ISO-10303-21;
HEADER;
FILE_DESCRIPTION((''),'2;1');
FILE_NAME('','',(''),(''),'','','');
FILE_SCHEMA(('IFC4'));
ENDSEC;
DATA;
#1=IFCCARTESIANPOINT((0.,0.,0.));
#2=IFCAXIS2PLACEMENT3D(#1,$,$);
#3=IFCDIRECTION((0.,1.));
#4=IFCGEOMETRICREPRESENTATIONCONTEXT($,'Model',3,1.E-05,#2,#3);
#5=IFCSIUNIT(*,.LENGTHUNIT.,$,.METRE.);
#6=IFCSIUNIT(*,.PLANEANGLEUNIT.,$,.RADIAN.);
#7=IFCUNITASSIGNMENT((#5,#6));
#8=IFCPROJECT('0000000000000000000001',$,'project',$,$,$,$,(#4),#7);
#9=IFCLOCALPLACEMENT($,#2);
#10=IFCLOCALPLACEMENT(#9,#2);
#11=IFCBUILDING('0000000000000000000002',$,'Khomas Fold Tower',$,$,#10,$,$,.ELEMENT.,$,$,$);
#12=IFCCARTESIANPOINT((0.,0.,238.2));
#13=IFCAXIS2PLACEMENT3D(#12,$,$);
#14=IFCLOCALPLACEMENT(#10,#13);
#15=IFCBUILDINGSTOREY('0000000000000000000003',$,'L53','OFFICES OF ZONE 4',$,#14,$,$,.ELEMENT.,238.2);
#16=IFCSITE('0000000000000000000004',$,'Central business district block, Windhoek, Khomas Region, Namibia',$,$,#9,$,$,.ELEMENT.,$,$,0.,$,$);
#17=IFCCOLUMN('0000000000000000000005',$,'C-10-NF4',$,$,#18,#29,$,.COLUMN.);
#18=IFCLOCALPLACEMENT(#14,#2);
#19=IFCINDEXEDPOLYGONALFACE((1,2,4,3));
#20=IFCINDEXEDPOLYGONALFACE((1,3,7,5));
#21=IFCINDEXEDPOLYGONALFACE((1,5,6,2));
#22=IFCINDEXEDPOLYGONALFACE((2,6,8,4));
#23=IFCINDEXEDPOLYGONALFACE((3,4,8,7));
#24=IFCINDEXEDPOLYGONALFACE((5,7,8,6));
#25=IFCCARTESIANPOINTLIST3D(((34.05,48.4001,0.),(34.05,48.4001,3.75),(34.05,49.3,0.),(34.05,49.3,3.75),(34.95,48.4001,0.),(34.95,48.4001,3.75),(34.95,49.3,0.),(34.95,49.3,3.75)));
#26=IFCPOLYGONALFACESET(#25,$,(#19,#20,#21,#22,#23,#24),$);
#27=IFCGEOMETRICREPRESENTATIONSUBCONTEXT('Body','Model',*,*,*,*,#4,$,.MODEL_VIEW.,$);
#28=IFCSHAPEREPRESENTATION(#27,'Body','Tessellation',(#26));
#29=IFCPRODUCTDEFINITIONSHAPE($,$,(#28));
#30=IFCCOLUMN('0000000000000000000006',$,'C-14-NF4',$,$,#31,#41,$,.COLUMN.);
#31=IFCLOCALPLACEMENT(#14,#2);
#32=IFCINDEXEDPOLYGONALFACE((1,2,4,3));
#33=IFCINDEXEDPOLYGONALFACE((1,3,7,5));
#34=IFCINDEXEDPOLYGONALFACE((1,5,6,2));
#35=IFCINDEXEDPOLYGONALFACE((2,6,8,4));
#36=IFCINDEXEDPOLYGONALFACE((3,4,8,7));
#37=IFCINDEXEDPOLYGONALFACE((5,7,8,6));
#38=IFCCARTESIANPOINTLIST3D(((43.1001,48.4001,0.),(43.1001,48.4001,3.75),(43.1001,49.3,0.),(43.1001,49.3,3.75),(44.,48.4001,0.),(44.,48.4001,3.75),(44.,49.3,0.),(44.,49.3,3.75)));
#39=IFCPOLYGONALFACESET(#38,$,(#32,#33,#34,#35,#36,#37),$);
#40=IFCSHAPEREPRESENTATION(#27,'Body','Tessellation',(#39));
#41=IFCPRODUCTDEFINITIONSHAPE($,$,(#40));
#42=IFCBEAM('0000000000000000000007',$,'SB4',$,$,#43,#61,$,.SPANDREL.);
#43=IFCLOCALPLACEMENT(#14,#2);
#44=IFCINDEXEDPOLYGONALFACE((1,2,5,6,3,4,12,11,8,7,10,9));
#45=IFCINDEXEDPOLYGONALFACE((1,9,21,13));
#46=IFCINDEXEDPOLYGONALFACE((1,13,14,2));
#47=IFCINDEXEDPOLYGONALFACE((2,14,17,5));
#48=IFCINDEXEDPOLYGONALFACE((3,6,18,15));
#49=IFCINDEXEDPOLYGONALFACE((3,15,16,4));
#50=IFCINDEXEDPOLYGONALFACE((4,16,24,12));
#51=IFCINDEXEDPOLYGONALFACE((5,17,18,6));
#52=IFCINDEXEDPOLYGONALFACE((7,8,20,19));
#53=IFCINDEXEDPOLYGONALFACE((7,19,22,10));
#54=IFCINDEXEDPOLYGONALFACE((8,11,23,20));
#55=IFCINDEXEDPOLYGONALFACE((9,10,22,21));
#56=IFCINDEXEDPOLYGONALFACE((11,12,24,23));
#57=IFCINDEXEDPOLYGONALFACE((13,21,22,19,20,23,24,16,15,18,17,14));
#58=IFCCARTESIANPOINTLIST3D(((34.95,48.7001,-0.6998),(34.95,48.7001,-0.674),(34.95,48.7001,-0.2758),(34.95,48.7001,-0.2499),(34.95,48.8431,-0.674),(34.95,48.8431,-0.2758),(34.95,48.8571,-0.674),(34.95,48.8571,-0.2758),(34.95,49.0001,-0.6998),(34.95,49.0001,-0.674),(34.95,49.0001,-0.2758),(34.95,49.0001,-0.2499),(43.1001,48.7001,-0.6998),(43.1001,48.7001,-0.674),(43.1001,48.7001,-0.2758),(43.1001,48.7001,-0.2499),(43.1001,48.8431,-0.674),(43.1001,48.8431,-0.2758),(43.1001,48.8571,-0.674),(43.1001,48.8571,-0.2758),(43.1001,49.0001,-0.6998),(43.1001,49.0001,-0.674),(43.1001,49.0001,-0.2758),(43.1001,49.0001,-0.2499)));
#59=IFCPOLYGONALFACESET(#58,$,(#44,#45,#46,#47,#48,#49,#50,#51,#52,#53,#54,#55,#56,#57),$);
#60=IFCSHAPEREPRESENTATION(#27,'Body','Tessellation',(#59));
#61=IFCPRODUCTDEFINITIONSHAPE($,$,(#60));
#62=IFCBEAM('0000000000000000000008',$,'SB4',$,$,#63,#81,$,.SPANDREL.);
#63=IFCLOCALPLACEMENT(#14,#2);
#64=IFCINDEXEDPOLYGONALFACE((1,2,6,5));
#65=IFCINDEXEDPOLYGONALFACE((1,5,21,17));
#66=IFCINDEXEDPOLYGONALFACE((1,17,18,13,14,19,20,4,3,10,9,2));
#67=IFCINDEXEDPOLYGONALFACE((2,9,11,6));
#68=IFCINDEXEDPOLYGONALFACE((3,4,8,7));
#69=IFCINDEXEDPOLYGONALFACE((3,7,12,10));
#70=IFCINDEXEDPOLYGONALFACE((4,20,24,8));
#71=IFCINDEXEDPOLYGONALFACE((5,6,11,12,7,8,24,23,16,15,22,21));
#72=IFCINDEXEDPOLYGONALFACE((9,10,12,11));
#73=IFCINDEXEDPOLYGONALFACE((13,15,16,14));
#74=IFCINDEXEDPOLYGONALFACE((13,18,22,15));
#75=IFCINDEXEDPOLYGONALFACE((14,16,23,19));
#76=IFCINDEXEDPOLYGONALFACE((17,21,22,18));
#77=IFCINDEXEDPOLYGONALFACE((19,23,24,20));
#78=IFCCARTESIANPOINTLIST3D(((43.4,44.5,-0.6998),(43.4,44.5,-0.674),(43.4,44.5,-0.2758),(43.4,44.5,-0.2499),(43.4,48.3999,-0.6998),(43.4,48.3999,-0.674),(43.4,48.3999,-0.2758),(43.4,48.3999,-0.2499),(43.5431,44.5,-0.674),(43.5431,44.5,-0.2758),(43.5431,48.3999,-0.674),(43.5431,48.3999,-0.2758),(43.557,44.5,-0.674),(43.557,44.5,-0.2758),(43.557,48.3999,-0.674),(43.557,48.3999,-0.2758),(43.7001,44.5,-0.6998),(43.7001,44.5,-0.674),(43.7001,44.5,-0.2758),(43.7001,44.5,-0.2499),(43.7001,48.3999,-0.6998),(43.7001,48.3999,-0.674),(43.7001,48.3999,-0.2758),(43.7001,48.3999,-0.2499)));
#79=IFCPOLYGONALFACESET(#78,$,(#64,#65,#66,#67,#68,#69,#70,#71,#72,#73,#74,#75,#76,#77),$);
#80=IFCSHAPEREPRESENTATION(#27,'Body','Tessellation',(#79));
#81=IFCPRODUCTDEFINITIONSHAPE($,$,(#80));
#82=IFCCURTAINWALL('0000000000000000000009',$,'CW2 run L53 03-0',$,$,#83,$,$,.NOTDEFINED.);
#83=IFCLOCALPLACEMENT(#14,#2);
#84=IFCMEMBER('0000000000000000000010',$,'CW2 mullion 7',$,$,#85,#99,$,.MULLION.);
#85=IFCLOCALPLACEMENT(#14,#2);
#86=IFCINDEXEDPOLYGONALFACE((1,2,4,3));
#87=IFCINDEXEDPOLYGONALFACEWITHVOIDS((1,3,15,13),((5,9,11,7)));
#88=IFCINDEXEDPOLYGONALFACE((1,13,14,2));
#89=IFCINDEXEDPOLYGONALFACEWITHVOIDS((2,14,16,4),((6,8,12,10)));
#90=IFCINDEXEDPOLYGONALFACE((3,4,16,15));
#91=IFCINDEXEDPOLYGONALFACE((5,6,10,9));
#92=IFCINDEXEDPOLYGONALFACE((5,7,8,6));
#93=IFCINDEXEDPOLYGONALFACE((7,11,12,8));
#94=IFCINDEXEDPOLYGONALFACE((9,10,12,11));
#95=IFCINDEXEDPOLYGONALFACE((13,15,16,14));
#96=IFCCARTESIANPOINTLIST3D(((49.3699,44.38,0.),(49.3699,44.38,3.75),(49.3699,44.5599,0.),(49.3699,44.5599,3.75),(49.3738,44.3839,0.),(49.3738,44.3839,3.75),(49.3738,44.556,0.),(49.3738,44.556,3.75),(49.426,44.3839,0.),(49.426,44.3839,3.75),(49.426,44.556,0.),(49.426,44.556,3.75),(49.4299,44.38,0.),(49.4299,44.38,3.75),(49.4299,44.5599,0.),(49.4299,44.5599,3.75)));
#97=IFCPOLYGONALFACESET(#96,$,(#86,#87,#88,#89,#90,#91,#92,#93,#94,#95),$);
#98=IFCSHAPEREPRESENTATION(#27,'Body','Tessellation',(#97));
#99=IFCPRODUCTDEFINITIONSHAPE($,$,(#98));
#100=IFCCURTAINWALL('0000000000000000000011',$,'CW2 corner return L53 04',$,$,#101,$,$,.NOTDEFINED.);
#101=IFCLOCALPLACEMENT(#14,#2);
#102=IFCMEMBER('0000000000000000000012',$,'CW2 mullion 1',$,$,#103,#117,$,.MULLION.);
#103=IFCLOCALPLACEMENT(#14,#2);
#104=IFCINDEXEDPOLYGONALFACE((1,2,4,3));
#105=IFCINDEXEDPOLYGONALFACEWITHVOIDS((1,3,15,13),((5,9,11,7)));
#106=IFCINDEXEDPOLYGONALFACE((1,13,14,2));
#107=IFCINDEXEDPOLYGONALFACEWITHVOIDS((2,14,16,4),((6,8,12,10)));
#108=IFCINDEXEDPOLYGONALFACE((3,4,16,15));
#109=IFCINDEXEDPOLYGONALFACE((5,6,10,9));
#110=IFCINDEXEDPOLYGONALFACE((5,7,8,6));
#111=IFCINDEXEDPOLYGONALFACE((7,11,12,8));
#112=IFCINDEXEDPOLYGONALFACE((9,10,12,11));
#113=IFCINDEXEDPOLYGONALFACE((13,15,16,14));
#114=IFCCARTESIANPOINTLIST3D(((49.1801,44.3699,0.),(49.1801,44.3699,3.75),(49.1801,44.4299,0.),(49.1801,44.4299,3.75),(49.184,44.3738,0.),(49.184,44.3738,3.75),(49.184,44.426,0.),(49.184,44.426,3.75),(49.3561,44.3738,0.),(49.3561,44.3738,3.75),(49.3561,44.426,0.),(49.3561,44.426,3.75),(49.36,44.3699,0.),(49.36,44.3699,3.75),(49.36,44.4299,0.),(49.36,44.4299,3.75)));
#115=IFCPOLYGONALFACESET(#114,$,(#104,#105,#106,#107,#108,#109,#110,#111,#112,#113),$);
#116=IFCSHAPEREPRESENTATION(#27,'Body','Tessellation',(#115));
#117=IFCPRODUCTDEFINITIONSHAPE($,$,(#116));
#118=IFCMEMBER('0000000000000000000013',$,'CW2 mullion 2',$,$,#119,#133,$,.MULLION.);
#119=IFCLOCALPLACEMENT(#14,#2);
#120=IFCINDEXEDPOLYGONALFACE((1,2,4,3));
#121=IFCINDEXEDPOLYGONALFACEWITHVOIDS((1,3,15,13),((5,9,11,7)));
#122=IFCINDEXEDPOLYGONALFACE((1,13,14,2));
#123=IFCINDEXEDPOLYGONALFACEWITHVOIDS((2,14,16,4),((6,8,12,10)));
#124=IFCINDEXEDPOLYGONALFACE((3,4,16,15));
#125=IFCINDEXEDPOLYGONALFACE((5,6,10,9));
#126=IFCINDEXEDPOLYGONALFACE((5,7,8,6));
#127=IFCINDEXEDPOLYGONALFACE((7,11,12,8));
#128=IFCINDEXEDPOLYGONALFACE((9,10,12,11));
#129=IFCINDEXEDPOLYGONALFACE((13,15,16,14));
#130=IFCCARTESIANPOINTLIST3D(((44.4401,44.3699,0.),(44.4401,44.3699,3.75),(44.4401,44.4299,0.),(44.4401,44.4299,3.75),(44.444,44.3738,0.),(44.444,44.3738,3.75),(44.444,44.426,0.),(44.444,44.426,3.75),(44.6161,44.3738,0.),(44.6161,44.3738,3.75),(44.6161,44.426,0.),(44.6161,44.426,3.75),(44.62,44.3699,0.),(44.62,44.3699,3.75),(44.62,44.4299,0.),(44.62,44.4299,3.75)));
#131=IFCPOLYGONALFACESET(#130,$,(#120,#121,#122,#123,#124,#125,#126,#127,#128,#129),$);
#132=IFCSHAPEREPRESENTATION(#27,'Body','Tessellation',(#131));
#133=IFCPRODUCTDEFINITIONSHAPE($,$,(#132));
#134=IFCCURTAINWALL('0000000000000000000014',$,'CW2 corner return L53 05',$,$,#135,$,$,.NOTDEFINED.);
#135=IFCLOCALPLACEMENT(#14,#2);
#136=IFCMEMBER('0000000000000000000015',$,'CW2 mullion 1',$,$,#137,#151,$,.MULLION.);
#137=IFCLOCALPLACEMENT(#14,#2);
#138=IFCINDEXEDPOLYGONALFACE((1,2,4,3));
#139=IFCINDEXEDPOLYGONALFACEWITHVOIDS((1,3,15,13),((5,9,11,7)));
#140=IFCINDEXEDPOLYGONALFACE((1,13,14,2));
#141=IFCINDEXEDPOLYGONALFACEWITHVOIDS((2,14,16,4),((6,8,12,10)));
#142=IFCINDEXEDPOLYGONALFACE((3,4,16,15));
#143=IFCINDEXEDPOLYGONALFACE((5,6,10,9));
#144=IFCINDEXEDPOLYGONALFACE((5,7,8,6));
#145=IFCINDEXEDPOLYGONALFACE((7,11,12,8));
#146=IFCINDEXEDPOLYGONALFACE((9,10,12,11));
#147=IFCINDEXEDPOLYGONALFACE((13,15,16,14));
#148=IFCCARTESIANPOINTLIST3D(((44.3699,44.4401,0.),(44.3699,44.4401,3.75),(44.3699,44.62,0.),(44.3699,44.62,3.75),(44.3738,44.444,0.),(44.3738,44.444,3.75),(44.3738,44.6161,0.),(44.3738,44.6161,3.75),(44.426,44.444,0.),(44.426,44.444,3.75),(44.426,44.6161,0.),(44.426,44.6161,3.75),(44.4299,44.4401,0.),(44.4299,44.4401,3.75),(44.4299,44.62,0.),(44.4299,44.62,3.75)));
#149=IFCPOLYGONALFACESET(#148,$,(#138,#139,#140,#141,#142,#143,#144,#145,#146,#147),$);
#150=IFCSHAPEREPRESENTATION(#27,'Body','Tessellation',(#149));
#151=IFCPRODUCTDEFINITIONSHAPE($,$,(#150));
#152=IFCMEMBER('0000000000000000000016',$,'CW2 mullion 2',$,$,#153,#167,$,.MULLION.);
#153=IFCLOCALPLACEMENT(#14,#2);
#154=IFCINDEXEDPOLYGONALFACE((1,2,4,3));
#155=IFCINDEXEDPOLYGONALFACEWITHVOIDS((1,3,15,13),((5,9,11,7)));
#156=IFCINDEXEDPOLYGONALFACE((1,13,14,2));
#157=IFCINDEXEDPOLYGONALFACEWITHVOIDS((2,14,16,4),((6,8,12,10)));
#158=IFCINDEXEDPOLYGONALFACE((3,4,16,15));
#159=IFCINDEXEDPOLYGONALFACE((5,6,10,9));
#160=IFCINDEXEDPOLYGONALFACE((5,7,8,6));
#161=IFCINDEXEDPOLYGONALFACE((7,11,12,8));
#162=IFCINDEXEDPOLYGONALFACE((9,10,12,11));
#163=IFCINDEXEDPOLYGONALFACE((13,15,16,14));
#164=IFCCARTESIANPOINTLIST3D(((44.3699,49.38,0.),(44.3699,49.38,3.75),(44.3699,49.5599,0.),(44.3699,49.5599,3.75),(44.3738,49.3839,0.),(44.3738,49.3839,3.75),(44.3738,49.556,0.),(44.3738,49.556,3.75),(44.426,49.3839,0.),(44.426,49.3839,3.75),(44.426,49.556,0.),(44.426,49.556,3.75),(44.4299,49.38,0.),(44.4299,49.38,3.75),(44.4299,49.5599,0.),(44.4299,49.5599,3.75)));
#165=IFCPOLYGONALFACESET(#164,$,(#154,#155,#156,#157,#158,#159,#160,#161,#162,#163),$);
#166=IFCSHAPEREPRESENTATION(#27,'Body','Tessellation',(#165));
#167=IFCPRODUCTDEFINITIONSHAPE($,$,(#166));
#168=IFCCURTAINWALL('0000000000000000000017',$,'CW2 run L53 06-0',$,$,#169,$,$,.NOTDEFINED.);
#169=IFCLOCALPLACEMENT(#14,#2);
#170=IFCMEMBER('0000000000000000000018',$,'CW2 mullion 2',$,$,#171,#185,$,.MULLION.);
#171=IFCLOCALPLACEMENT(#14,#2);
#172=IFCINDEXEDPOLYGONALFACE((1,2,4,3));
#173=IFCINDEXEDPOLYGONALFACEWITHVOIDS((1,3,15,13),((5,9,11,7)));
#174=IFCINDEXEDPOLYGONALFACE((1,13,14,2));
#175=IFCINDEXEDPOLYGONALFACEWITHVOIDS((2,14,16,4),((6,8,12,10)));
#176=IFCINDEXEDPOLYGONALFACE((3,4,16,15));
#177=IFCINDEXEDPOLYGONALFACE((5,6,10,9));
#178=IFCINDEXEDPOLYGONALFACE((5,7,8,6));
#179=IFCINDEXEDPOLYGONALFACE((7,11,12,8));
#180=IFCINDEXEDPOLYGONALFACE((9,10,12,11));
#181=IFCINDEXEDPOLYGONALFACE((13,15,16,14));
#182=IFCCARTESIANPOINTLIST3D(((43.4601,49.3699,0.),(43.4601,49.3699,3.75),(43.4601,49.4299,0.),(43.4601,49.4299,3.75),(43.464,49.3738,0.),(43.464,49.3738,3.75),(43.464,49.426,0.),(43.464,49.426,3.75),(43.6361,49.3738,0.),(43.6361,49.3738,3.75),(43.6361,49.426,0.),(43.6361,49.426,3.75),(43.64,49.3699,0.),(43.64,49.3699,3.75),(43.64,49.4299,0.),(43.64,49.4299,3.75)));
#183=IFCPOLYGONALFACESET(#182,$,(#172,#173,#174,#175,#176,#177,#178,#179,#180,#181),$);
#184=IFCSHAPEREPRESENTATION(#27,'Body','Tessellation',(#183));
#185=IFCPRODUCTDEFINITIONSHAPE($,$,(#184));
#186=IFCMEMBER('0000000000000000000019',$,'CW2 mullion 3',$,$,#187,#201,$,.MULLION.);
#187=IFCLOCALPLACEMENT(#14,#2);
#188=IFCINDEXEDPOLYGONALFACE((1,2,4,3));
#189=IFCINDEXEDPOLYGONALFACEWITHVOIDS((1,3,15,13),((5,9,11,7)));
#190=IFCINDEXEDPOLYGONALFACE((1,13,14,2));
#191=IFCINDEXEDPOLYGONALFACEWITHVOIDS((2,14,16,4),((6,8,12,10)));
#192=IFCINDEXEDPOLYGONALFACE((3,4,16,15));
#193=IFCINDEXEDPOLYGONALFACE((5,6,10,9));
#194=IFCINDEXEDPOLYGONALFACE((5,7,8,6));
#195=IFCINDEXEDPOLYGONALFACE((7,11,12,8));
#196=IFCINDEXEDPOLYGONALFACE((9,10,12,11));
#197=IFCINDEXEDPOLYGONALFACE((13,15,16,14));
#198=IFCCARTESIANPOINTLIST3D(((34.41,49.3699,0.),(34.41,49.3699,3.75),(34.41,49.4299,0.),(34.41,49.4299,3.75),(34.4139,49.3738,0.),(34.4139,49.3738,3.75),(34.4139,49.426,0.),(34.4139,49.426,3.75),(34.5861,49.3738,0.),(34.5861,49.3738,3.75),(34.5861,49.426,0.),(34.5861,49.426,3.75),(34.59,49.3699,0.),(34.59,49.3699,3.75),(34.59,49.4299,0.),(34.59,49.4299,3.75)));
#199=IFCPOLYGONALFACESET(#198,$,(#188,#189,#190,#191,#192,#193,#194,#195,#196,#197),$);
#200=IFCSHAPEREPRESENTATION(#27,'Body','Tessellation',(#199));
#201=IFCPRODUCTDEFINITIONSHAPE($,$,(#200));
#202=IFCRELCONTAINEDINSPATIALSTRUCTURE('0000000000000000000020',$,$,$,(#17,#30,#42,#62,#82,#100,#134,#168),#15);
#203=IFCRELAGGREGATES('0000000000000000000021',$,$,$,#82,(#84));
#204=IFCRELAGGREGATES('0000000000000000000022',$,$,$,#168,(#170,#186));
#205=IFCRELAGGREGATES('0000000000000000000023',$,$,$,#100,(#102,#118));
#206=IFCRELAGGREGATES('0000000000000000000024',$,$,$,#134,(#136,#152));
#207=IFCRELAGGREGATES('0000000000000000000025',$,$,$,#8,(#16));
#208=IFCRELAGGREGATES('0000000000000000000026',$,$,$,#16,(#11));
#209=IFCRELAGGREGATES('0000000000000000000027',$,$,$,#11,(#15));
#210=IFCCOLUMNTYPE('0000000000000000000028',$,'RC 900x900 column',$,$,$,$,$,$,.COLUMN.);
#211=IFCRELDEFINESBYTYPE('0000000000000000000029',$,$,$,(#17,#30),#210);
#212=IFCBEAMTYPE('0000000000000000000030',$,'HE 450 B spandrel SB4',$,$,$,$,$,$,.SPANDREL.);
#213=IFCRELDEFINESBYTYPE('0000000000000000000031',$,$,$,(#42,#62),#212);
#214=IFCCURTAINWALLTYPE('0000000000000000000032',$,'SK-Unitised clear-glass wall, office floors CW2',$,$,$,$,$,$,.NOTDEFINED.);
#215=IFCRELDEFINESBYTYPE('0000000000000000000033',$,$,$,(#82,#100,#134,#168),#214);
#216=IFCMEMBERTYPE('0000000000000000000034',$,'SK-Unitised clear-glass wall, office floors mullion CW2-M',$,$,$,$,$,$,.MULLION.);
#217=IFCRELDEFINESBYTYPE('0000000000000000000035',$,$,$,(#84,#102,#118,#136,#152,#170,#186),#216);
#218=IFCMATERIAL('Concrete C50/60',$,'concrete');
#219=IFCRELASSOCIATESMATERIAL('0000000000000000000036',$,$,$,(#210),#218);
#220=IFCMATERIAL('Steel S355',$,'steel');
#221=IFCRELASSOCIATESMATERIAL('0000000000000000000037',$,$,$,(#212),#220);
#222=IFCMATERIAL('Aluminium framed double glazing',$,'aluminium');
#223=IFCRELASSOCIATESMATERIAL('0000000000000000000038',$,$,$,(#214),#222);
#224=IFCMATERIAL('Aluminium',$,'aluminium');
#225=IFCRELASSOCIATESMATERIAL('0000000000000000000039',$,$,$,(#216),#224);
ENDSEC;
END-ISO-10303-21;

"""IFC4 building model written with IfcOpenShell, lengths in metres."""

from ifc_helpers import new_model, si_unit, direction, frame, origin, origin_2d, place, context, subcontext, project, spatial, rectangle, hollow_rectangle, i_section, extrude, source, transform, mapped, material, material_profile, profile_set, type_object, element, aggregate, save


model = new_model("IFC4")

# Units and contexts
model_context = context("Model", 3, precision=1e-05, world=origin(), true_north=direction((0.0, 1.0)))
body_context = subcontext(model_context, "Body", "Model", "MODEL_VIEW")
ifc_project = project(units=[si_unit("LENGTHUNIT", "METRE"), si_unit("PLANEANGLEUNIT", "RADIAN")], contexts=[model_context])

# Site, building, storey
site_placement = place(None, origin())
site = spatial("IfcSite", under=ifc_project, at=site_placement, Name="Central business district block, Windhoek, Khomas Region, Namibia", CompositionType="ELEMENT", RefElevation=0.0)
building_placement = place(site_placement, origin())
building = spatial("IfcBuilding", under=site, at=building_placement, Name="Khomas Fold Tower", CompositionType="ELEMENT")
storey_placement = place(building_placement, frame((0.0, 0.0, 238.2)))
storey = spatial("IfcBuildingStorey", under=building, at=storey_placement, Name="L53", Description="OFFICES OF ZONE 4", CompositionType="ELEMENT", Elevation=238.2)

# Columns
ifc_material_1 = material(Name="Concrete C50/60", Category="concrete")
ifc_material_profile_1 = material_profile(ifc_material_1, rectangle(XDim=0.8999, YDim=0.8999, at=origin_2d()), Name="RC 900x900")
ifc_profile_set_1 = profile_set([ifc_material_profile_1], Name="Concrete C50/60")
column_type = type_object("IfcColumnType", Name="RC 900x900 column", PredefinedType="COLUMN", material=ifc_profile_set_1)
shared_shape_1 = source(origin(), body_context, "Body", "SweptSolid", [
    extrude(rectangle(XDim=0.8999, YDim=0.8999, at=origin_2d()), origin(), (0.0, 0.0, 1.0), 3.75),
])
for number, where, z_axis, x_axis, name in (
    (1, (34.5, 48.8501, 0.0), (0.0, 0.0, 1.0), (1.0, 0.0, 0.0), "C-10-NF4"),
    (2, (43.55, 48.8501, 0.0), (0.0, 0.0, 1.0), (1.0, 0.0, 0.0), "C-14-NF4"),
):
    element("IfcColumn", number, at=place(storey_placement, frame(where, z_axis=z_axis, x_axis=x_axis)), inside=storey, type_object=column_type, Name=name, PredefinedType="COLUMN", context=body_context, shape_type="MappedRepresentation", body=[
        mapped(shared_shape_1, transform((0.0, 0.0, 0.0))),
    ])

# Beams
ifc_material_2 = material(Name="Steel S355", Category="steel")
ifc_material_profile_2 = material_profile(ifc_material_2, i_section(OverallWidth=0.3, OverallDepth=0.45, WebThickness=0.0139, FlangeThickness=0.0259, at=origin_2d()), Name="HE 450 B")
ifc_profile_set_2 = profile_set([ifc_material_profile_2], Name="Steel S355")
beam_type = type_object("IfcBeamType", Name="HE 450 B spandrel SB4", PredefinedType="SPANDREL", material=ifc_profile_set_2)
shared_shape_2 = source(origin(), body_context, "Body", "SweptSolid", [
    extrude(i_section(OverallWidth=0.3, OverallDepth=0.45, WebThickness=0.0139, FlangeThickness=0.0259, at=origin_2d()), origin(), (0.0, 0.0, 1.0), 8.1501),
])
beam_1_placement = place(storey_placement, frame((34.95, 48.8501, -0.4749), z_axis=(1.0, 0.0, 0.0), x_axis=(0.0, 1.0, 0.0)))
element("IfcBeam", 3, at=beam_1_placement, inside=storey, type_object=beam_type, Name="SB4", PredefinedType="SPANDREL", context=body_context, shape_type="MappedRepresentation", body=[
    mapped(shared_shape_2, transform((0.0, 0.0, 0.0))),
])
shared_shape_3 = source(origin(), body_context, "Body", "SweptSolid", [
    extrude(i_section(OverallWidth=0.3, OverallDepth=0.45, WebThickness=0.0139, FlangeThickness=0.0259, at=origin_2d()), origin(), (0.0, 0.0, 1.0), 3.8999),
])
beam_2_placement = place(storey_placement, frame((43.55, 44.5, -0.4749), z_axis=(0.0, 1.0, 0.0), x_axis=(-1.0, 0.0, 0.0)))
element("IfcBeam", 4, at=beam_2_placement, inside=storey, type_object=beam_type, Name="SB4", PredefinedType="SPANDREL", context=body_context, shape_type="MappedRepresentation", body=[
    mapped(shared_shape_3, transform((0.0, 0.0, 0.0))),
])

# Curtain wall, member
ifc_material_3 = material(Name="Aluminium framed double glazing", Category="aluminium")
curtain_wall_type = type_object("IfcCurtainWallType", Name="SK-Unitised clear-glass wall, office floors CW2", PredefinedType="NOTDEFINED", material=ifc_material_3)
curtain_wall_1_placement = place(storey_placement, origin())
curtain_wall_1 = element("IfcCurtainWall", 5, at=curtain_wall_1_placement, inside=storey, type_object=curtain_wall_type, Name="CW2 run L53 03-0", PredefinedType="NOTDEFINED")
ifc_material_4 = material(Name="Aluminium", Category="aluminium")
ifc_material_profile_3 = material_profile(ifc_material_4, hollow_rectangle(XDim=0.0601, YDim=0.1799, WallThickness=0.0039, at=origin_2d()), Name="SK-Unitised clear-glass wall, office floors mullion CW2-M")
ifc_profile_set_3 = profile_set([ifc_material_profile_3], Name="Aluminium")
member_type_1 = type_object("IfcMemberType", Name="SK-Unitised clear-glass wall, office floors mullion CW2-M", PredefinedType="MULLION", material=ifc_profile_set_3)
shared_shape_4 = source(origin(), body_context, "Body", "SweptSolid", [
    extrude(hollow_rectangle(XDim=0.0601, YDim=0.1799, WallThickness=0.0039, at=origin_2d()), origin(), (0.0, 0.0, 1.0), 3.75),
])
member_1_placement = place(storey_placement, frame((49.3999, 44.47, 0.0), z_axis=(0.0, 0.0, 1.0), x_axis=(-1.0, 0.0, 0.0)))
member_1 = element("IfcMember", 6, at=member_1_placement, type_object=member_type_1, Name="CW2 mullion 7", PredefinedType="MULLION", context=body_context, shape_type="MappedRepresentation", body=[
    mapped(shared_shape_4, transform((0.0, 0.0, 0.0))),
])

# Curtain walls, members
curtain_wall_2_placement = place(storey_placement, origin())
curtain_wall_2 = element("IfcCurtainWall", 7, at=curtain_wall_2_placement, inside=storey, type_object=curtain_wall_type, Name="CW2 corner return L53 04", PredefinedType="NOTDEFINED")
member_2_placement = place(storey_placement, frame((49.27, 44.3999, 0.0), z_axis=(0.0, 0.0, 1.0), x_axis=(0.0, -1.0, 0.0)))
member_2 = element("IfcMember", 8, at=member_2_placement, type_object=member_type_1, Name="CW2 mullion 1", PredefinedType="MULLION", context=body_context, shape_type="MappedRepresentation", body=[
    mapped(shared_shape_4, transform((0.0, 0.0, 0.0))),
])
member_3_placement = place(storey_placement, frame((44.53, 44.3999, 0.0), z_axis=(0.0, 0.0, 1.0), x_axis=(0.0, -1.0, 0.0)))
member_3 = element("IfcMember", 9, at=member_3_placement, type_object=member_type_1, Name="CW2 mullion 2", PredefinedType="MULLION", context=body_context, shape_type="MappedRepresentation", body=[
    mapped(shared_shape_4, transform((0.0, 0.0, 0.0))),
])
curtain_wall_3_placement = place(storey_placement, origin())
curtain_wall_3 = element("IfcCurtainWall", 10, at=curtain_wall_3_placement, inside=storey, type_object=curtain_wall_type, Name="CW2 corner return L53 05", PredefinedType="NOTDEFINED")
member_4_placement = place(storey_placement, frame((44.3999, 44.53, 0.0), z_axis=(0.0, 0.0, 1.0), x_axis=(-1.0, 0.0, 0.0)))
member_4 = element("IfcMember", 11, at=member_4_placement, type_object=member_type_1, Name="CW2 mullion 1", PredefinedType="MULLION", context=body_context, shape_type="MappedRepresentation", body=[
    mapped(shared_shape_4, transform((0.0, 0.0, 0.0))),
])
member_5_placement = place(storey_placement, frame((44.3999, 49.47, 0.0), z_axis=(0.0, 0.0, 1.0), x_axis=(-1.0, 0.0, 0.0)))
member_5 = element("IfcMember", 12, at=member_5_placement, type_object=member_type_1, Name="CW2 mullion 2", PredefinedType="MULLION", context=body_context, shape_type="MappedRepresentation", body=[
    mapped(shared_shape_4, transform((0.0, 0.0, 0.0))),
])
curtain_wall_4_placement = place(storey_placement, origin())
curtain_wall_4 = element("IfcCurtainWall", 13, at=curtain_wall_4_placement, inside=storey, type_object=curtain_wall_type, Name="CW2 run L53 06-0", PredefinedType="NOTDEFINED")
member_6_placement = place(storey_placement, frame((43.55, 49.3999, 0.0), z_axis=(0.0, 0.0, 1.0), x_axis=(0.0, -1.0, 0.0)))
member_6 = element("IfcMember", 14, at=member_6_placement, type_object=member_type_1, Name="CW2 mullion 2", PredefinedType="MULLION", context=body_context, shape_type="MappedRepresentation", body=[
    mapped(shared_shape_4, transform((0.0, 0.0, 0.0))),
])
member_7_placement = place(storey_placement, frame((34.5, 49.3999, 0.0), z_axis=(0.0, 0.0, 1.0), x_axis=(0.0, -1.0, 0.0)))
member_7 = element("IfcMember", 15, at=member_7_placement, type_object=member_type_1, Name="CW2 mullion 3", PredefinedType="MULLION", context=body_context, shape_type="MappedRepresentation", body=[
    mapped(shared_shape_4, transform((0.0, 0.0, 0.0))),
])

aggregate(curtain_wall_1, [member_1])
aggregate(curtain_wall_4, [member_6, member_7])
aggregate(curtain_wall_2, [member_2, member_3])
aggregate(curtain_wall_3, [member_4, member_5])

save(model, "model.ifc")
